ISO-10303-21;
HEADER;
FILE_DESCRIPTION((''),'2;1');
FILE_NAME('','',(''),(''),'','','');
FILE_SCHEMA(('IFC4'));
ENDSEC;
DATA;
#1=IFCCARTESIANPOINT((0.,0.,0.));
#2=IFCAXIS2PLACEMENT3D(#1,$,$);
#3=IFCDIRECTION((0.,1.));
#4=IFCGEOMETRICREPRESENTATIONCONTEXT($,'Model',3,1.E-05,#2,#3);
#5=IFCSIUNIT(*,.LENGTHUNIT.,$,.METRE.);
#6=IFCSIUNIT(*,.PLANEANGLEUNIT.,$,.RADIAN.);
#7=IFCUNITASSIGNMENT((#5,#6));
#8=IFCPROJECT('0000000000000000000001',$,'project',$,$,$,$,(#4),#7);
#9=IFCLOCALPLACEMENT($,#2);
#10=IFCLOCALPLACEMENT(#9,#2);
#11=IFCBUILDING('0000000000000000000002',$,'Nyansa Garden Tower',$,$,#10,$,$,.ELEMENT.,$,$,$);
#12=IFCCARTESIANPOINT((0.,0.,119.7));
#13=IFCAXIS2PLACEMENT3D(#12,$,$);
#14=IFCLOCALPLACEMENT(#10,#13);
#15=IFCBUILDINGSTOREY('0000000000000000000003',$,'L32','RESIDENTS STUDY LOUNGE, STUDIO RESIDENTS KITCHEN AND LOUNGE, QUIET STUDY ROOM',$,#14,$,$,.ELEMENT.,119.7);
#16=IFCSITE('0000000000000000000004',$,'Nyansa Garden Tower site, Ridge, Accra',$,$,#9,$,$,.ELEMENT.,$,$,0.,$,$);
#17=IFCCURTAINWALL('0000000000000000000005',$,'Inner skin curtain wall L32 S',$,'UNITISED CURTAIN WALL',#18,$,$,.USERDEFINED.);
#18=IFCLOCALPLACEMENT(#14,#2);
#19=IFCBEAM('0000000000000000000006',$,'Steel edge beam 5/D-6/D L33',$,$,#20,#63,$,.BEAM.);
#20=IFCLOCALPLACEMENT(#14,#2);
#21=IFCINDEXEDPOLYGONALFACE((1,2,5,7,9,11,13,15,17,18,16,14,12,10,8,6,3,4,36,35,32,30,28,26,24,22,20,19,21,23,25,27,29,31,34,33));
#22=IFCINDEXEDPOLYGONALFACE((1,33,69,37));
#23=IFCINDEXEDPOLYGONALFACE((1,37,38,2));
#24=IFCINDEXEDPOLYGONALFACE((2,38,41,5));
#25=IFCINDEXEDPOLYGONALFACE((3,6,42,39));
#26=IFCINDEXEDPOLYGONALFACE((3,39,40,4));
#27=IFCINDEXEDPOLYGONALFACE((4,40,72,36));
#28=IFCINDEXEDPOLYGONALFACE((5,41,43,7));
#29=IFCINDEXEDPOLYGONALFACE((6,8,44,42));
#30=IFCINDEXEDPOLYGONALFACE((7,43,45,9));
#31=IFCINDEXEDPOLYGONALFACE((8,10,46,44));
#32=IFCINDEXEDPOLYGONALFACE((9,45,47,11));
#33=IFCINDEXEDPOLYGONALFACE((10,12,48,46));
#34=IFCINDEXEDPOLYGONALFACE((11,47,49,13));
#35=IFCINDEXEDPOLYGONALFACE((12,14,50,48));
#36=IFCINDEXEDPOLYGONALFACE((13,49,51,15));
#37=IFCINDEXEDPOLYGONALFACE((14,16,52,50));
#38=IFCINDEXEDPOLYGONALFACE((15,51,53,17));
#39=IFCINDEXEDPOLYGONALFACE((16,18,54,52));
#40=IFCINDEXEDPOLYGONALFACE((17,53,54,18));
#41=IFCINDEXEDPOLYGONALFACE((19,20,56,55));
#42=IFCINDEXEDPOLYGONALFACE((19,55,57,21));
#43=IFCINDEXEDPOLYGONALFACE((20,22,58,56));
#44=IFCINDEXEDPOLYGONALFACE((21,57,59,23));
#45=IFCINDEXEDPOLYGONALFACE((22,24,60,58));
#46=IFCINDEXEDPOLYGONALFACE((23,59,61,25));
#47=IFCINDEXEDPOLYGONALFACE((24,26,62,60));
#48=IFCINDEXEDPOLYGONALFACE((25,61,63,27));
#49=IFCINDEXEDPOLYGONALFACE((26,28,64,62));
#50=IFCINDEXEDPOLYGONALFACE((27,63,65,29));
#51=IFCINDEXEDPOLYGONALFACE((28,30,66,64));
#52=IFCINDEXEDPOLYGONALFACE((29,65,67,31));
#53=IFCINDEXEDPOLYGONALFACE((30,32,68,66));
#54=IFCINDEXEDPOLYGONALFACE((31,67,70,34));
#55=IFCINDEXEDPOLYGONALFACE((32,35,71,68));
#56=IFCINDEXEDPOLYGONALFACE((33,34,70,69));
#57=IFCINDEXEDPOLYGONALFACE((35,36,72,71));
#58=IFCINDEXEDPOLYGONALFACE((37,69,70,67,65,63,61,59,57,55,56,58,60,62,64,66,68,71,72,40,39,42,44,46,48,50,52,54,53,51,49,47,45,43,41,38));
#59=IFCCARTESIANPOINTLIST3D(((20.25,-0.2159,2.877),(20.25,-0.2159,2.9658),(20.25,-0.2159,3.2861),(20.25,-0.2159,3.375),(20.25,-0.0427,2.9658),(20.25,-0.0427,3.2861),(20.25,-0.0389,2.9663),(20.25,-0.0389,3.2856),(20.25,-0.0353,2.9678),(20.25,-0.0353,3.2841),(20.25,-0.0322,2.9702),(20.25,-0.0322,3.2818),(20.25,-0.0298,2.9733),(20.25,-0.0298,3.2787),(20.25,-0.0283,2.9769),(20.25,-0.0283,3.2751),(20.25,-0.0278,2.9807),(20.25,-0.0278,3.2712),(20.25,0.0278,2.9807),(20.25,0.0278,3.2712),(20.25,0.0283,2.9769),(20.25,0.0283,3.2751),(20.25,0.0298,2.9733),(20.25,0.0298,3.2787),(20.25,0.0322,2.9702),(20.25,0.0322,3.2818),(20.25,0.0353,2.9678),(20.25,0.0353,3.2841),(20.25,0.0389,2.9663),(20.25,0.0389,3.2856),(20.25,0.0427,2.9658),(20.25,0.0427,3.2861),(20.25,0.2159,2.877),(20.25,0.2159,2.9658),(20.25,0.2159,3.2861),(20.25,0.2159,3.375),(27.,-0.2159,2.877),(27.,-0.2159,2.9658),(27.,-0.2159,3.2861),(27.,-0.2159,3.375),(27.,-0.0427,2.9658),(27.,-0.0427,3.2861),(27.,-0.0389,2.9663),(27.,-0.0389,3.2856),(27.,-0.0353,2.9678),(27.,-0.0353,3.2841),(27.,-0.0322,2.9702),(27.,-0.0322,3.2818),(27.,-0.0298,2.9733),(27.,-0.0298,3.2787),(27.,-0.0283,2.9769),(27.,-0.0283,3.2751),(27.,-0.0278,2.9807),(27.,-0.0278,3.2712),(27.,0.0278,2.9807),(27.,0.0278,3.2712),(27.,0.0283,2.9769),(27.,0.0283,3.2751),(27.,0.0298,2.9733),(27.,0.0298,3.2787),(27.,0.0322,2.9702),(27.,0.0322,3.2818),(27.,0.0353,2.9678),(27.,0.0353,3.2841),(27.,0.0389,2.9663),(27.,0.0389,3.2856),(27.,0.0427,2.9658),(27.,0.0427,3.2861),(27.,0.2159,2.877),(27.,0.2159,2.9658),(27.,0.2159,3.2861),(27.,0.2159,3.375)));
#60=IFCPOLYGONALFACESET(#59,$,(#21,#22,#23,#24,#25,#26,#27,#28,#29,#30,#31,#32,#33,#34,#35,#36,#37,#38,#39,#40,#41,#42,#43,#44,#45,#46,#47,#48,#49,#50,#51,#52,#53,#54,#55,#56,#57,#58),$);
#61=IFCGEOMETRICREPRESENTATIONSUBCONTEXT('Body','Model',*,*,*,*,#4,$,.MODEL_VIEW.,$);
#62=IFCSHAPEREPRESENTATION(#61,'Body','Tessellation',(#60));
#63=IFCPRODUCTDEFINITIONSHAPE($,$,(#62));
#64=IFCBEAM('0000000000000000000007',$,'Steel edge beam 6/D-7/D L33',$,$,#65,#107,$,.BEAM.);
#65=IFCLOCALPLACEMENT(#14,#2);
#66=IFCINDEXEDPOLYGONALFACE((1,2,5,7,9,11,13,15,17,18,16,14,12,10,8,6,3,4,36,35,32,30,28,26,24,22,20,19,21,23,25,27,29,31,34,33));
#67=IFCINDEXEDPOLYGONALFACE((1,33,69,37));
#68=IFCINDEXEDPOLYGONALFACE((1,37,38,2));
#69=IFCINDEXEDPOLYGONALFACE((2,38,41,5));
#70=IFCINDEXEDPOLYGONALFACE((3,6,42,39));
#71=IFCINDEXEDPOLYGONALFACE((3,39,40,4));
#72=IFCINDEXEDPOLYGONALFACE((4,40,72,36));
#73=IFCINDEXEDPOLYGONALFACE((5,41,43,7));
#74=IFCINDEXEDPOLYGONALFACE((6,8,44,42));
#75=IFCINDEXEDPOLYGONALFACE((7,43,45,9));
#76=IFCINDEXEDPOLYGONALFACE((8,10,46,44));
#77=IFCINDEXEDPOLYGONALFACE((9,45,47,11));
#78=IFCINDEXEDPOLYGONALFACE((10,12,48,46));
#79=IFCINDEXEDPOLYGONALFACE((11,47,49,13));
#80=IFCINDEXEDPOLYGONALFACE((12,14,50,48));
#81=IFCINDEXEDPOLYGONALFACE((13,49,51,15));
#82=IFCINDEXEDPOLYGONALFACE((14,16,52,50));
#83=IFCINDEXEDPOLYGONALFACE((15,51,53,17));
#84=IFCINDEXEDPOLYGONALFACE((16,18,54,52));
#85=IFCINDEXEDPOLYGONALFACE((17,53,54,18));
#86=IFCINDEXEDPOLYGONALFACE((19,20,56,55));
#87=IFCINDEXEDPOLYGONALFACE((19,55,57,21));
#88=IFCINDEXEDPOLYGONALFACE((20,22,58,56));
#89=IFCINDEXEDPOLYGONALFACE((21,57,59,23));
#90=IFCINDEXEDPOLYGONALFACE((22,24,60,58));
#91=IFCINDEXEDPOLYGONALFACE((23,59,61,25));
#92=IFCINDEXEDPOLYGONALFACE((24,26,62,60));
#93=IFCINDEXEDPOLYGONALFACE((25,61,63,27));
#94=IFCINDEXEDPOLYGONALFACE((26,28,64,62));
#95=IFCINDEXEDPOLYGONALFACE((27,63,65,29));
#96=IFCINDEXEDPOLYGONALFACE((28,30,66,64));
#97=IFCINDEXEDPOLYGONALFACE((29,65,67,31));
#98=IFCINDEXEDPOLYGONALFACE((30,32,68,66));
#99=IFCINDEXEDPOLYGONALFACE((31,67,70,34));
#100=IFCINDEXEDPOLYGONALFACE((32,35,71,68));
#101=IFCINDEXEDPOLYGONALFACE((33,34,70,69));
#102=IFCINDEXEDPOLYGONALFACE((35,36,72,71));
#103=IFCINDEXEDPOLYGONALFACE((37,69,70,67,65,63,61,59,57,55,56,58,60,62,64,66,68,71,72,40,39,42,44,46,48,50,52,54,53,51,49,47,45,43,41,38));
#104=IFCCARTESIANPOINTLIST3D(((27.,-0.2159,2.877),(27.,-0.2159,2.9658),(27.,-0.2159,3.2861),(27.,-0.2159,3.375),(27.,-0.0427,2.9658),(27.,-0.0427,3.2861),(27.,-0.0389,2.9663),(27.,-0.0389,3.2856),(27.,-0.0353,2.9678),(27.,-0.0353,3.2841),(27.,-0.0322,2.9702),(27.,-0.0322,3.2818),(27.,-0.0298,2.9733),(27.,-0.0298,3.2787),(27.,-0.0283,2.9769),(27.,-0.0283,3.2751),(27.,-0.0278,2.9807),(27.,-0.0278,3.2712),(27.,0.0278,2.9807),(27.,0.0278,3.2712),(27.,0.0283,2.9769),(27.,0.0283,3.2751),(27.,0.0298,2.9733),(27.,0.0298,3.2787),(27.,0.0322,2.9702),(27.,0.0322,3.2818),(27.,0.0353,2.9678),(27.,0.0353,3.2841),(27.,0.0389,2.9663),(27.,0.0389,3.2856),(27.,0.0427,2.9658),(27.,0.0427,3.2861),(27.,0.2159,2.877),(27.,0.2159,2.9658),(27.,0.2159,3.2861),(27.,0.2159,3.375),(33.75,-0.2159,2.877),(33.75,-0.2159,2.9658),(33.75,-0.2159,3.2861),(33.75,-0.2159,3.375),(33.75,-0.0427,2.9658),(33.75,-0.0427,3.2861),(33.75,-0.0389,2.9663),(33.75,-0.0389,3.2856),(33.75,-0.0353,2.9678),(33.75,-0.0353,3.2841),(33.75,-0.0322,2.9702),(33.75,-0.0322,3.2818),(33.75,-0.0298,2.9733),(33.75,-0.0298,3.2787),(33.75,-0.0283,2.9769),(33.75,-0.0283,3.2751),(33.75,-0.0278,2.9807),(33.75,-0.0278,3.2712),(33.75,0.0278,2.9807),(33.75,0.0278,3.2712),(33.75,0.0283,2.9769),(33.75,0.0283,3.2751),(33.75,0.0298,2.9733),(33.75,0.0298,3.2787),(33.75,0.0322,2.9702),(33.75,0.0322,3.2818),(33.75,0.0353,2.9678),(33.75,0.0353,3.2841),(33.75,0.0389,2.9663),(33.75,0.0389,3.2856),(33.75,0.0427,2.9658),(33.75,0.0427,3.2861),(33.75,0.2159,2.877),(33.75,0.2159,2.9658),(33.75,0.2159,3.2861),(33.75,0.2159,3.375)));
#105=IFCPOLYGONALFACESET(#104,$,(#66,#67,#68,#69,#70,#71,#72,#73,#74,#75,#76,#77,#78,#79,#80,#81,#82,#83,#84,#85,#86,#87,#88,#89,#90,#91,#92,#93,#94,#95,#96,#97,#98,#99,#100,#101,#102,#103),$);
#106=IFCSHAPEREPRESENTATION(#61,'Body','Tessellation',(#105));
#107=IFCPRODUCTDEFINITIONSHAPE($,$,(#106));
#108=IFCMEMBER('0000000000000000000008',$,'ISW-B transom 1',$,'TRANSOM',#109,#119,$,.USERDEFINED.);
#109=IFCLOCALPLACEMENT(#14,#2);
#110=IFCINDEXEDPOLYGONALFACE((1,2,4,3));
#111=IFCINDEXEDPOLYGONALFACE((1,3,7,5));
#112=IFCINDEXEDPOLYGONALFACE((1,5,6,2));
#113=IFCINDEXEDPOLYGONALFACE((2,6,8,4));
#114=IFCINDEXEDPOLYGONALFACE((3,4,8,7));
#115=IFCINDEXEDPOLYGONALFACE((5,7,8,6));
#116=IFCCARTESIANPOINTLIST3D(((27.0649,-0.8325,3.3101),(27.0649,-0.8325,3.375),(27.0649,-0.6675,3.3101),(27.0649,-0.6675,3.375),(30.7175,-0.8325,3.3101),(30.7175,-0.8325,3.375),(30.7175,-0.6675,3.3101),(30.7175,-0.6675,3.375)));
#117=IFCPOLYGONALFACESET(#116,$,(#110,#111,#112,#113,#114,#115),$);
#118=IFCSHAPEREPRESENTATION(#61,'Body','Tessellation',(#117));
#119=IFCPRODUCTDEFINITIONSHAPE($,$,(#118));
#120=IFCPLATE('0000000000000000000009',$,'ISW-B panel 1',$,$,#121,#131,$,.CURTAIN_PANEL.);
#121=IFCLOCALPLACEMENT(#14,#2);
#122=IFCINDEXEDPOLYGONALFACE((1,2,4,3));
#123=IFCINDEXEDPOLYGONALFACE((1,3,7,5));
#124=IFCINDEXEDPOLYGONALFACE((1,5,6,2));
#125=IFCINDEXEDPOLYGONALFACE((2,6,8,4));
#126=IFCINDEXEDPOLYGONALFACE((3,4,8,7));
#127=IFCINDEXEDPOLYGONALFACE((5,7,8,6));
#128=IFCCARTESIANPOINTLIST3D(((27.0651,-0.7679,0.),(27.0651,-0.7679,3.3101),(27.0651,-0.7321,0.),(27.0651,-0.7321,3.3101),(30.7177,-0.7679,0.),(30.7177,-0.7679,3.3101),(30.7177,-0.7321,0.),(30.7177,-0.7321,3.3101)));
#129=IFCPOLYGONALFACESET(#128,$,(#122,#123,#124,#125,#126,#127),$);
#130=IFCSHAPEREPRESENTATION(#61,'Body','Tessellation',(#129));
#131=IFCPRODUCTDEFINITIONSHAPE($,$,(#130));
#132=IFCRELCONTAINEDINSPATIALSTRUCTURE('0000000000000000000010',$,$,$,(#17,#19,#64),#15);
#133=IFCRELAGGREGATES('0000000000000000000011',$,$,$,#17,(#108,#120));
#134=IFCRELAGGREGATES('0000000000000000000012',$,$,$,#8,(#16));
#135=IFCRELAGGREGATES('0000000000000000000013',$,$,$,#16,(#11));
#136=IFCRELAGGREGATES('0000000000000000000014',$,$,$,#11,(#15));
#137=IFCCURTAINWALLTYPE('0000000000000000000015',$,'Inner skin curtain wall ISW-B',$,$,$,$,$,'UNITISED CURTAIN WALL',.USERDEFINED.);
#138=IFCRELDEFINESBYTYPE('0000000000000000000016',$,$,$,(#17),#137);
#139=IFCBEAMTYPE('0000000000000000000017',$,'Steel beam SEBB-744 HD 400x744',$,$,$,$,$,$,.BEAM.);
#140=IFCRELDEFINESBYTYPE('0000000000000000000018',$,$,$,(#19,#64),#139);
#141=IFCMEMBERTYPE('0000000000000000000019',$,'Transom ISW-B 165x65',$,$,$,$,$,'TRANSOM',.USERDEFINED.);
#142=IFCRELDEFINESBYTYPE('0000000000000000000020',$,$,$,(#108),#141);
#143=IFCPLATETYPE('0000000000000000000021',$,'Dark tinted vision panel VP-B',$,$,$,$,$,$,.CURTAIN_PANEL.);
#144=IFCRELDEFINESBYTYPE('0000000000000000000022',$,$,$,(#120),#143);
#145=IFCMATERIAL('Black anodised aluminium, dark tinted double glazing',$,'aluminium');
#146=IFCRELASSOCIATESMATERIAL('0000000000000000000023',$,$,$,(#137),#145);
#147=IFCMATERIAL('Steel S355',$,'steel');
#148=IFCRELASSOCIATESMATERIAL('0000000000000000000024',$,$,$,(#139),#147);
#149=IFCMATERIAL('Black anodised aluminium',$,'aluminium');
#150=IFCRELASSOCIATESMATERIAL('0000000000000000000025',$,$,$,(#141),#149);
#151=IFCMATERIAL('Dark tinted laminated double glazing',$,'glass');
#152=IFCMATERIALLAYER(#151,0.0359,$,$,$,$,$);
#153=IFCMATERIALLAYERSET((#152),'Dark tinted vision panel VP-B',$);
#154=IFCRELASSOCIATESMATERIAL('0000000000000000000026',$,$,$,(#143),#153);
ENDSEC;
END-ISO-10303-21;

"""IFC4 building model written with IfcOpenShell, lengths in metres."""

from ifc_helpers import new_model, si_unit, direction, frame, origin, origin_2d, place, context, subcontext, project, spatial, rectangle, i_section, extrude, material, layer, layer_set, material_profile, profile_set, type_object, element, aggregate, save


model = new_model("IFC4")

# Units and contexts
model_context = context("Model", 3, precision=1e-05, world=origin(), true_north=direction((0.0, 1.0)))
body_context = subcontext(model_context, "Body", "Model", "MODEL_VIEW")
ifc_project = project(units=[si_unit("LENGTHUNIT", "METRE"), si_unit("PLANEANGLEUNIT", "RADIAN")], contexts=[model_context])

# Site, building, storey
site_placement = place(None, origin())
site = spatial("IfcSite", under=ifc_project, at=site_placement, Name="Nyansa Garden Tower site, Ridge, Accra", CompositionType="ELEMENT", RefElevation=0.0)
building_placement = place(site_placement, origin())
building = spatial("IfcBuilding", under=site, at=building_placement, Name="Nyansa Garden Tower", CompositionType="ELEMENT")
storey_placement = place(building_placement, frame((0.0, 0.0, 119.7)))
storey = spatial("IfcBuildingStorey", under=building, at=storey_placement, Name="L32", Description="RESIDENTS STUDY LOUNGE, STUDIO RESIDENTS KITCHEN AND LOUNGE, QUIET STUDY ROOM", CompositionType="ELEMENT", Elevation=119.7)

# Curtain wall
ifc_material_1 = material(Name="Black anodised aluminium, dark tinted double glazing", Category="aluminium")
curtain_wall_type = type_object("IfcCurtainWallType", Name="Inner skin curtain wall ISW-B", ElementType="UNITISED CURTAIN WALL", PredefinedType="USERDEFINED", material=ifc_material_1)
curtain_wall_1_placement = place(storey_placement, origin())
curtain_wall_1 = element("IfcCurtainWall", 1, at=curtain_wall_1_placement, inside=storey, type_object=curtain_wall_type, Name="Inner skin curtain wall L32 S", ObjectType="UNITISED CURTAIN WALL", PredefinedType="USERDEFINED")

# Beams
ifc_material_2 = material(Name="Steel S355", Category="steel")
ifc_material_profile_1 = material_profile(ifc_material_2, i_section(OverallWidth=0.4319, OverallDepth=0.498, WebThickness=0.0557, FlangeThickness=0.0889, FilletRadius=0.0149, at=origin_2d()), Name="HD 400x744")
ifc_profile_set_1 = profile_set([ifc_material_profile_1], Name="Steel S355")
beam_type_1 = type_object("IfcBeamType", Name="Steel beam SEBB-744 HD 400x744", PredefinedType="BEAM", material=ifc_profile_set_1)
for number, where, z_axis, x_axis, name in (
    (2, (20.25, 0.0, 3.126), (1.0, 0.0, 0.0), (0.0, 1.0, 0.0), "Steel edge beam 5/D-6/D L33"),
    (3, (27.0, 0.0, 3.126), (1.0, 0.0, 0.0), (0.0, 1.0, 0.0), "Steel edge beam 6/D-7/D L33"),
):
    element("IfcBeam", number, at=place(storey_placement, frame(where, z_axis=z_axis, x_axis=x_axis)), inside=storey, type_object=beam_type_1, Name=name, PredefinedType="BEAM", context=body_context, shape_type="SweptSolid", body=[
        extrude(i_section(OverallWidth=0.4319, OverallDepth=0.498, WebThickness=0.0557, FlangeThickness=0.0889, FilletRadius=0.0149, at=origin_2d()), origin(), (0.0, 0.0, 1.0), 6.75),
    ])

# Member
ifc_material_3 = material(Name="Black anodised aluminium", Category="aluminium")
ifc_material_profile_2 = material_profile(ifc_material_3, rectangle(XDim=0.165, YDim=0.0649, at=origin_2d()), Name="Transom 165x65")
ifc_profile_set_2 = profile_set([ifc_material_profile_2], Name="Black anodised aluminium")
member_type_1 = type_object("IfcMemberType", Name="Transom ISW-B 165x65", ElementType="TRANSOM", PredefinedType="USERDEFINED", material=ifc_profile_set_2)
member_1_placement = place(storey_placement, frame((27.0649, -0.75, 3.3425), z_axis=(1.0, 0.0, 0.0), x_axis=(0.0, 1.0, 0.0)))
member_1 = element("IfcMember", 4, at=member_1_placement, type_object=member_type_1, Name="ISW-B transom 1", ObjectType="TRANSOM", PredefinedType="USERDEFINED", context=body_context, shape_type="SweptSolid", body=[
    extrude(rectangle(XDim=0.165, YDim=0.0649, at=origin_2d()), origin(), (0.0, 0.0, 1.0), 3.6526),
])

# Plate
ifc_material_4 = material(Name="Dark tinted laminated double glazing", Category="glass")
ifc_layer_1 = layer(ifc_material_4, 0.0359)
ifc_layer_set_1 = layer_set([ifc_layer_1], Name="Dark tinted vision panel VP-B")
plate_type = type_object("IfcPlateType", Name="Dark tinted vision panel VP-B", PredefinedType="CURTAIN_PANEL", material=ifc_layer_set_1)
plate_placement = place(storey_placement, frame((28.8914, -0.75, 0.0), z_axis=(0.0, 0.0, 1.0), x_axis=(1.0, 0.0, 0.0)))
plate = element("IfcPlate", 5, at=plate_placement, type_object=plate_type, Name="ISW-B panel 1", PredefinedType="CURTAIN_PANEL", context=body_context, shape_type="SweptSolid", body=[
    extrude(rectangle(XDim=3.6526, YDim=0.0359, at=origin_2d()), origin(), (0.0, 0.0, 1.0), 3.3101),
])
aggregate(curtain_wall_1, [member_1, plate])

save(model, "model.ifc")
